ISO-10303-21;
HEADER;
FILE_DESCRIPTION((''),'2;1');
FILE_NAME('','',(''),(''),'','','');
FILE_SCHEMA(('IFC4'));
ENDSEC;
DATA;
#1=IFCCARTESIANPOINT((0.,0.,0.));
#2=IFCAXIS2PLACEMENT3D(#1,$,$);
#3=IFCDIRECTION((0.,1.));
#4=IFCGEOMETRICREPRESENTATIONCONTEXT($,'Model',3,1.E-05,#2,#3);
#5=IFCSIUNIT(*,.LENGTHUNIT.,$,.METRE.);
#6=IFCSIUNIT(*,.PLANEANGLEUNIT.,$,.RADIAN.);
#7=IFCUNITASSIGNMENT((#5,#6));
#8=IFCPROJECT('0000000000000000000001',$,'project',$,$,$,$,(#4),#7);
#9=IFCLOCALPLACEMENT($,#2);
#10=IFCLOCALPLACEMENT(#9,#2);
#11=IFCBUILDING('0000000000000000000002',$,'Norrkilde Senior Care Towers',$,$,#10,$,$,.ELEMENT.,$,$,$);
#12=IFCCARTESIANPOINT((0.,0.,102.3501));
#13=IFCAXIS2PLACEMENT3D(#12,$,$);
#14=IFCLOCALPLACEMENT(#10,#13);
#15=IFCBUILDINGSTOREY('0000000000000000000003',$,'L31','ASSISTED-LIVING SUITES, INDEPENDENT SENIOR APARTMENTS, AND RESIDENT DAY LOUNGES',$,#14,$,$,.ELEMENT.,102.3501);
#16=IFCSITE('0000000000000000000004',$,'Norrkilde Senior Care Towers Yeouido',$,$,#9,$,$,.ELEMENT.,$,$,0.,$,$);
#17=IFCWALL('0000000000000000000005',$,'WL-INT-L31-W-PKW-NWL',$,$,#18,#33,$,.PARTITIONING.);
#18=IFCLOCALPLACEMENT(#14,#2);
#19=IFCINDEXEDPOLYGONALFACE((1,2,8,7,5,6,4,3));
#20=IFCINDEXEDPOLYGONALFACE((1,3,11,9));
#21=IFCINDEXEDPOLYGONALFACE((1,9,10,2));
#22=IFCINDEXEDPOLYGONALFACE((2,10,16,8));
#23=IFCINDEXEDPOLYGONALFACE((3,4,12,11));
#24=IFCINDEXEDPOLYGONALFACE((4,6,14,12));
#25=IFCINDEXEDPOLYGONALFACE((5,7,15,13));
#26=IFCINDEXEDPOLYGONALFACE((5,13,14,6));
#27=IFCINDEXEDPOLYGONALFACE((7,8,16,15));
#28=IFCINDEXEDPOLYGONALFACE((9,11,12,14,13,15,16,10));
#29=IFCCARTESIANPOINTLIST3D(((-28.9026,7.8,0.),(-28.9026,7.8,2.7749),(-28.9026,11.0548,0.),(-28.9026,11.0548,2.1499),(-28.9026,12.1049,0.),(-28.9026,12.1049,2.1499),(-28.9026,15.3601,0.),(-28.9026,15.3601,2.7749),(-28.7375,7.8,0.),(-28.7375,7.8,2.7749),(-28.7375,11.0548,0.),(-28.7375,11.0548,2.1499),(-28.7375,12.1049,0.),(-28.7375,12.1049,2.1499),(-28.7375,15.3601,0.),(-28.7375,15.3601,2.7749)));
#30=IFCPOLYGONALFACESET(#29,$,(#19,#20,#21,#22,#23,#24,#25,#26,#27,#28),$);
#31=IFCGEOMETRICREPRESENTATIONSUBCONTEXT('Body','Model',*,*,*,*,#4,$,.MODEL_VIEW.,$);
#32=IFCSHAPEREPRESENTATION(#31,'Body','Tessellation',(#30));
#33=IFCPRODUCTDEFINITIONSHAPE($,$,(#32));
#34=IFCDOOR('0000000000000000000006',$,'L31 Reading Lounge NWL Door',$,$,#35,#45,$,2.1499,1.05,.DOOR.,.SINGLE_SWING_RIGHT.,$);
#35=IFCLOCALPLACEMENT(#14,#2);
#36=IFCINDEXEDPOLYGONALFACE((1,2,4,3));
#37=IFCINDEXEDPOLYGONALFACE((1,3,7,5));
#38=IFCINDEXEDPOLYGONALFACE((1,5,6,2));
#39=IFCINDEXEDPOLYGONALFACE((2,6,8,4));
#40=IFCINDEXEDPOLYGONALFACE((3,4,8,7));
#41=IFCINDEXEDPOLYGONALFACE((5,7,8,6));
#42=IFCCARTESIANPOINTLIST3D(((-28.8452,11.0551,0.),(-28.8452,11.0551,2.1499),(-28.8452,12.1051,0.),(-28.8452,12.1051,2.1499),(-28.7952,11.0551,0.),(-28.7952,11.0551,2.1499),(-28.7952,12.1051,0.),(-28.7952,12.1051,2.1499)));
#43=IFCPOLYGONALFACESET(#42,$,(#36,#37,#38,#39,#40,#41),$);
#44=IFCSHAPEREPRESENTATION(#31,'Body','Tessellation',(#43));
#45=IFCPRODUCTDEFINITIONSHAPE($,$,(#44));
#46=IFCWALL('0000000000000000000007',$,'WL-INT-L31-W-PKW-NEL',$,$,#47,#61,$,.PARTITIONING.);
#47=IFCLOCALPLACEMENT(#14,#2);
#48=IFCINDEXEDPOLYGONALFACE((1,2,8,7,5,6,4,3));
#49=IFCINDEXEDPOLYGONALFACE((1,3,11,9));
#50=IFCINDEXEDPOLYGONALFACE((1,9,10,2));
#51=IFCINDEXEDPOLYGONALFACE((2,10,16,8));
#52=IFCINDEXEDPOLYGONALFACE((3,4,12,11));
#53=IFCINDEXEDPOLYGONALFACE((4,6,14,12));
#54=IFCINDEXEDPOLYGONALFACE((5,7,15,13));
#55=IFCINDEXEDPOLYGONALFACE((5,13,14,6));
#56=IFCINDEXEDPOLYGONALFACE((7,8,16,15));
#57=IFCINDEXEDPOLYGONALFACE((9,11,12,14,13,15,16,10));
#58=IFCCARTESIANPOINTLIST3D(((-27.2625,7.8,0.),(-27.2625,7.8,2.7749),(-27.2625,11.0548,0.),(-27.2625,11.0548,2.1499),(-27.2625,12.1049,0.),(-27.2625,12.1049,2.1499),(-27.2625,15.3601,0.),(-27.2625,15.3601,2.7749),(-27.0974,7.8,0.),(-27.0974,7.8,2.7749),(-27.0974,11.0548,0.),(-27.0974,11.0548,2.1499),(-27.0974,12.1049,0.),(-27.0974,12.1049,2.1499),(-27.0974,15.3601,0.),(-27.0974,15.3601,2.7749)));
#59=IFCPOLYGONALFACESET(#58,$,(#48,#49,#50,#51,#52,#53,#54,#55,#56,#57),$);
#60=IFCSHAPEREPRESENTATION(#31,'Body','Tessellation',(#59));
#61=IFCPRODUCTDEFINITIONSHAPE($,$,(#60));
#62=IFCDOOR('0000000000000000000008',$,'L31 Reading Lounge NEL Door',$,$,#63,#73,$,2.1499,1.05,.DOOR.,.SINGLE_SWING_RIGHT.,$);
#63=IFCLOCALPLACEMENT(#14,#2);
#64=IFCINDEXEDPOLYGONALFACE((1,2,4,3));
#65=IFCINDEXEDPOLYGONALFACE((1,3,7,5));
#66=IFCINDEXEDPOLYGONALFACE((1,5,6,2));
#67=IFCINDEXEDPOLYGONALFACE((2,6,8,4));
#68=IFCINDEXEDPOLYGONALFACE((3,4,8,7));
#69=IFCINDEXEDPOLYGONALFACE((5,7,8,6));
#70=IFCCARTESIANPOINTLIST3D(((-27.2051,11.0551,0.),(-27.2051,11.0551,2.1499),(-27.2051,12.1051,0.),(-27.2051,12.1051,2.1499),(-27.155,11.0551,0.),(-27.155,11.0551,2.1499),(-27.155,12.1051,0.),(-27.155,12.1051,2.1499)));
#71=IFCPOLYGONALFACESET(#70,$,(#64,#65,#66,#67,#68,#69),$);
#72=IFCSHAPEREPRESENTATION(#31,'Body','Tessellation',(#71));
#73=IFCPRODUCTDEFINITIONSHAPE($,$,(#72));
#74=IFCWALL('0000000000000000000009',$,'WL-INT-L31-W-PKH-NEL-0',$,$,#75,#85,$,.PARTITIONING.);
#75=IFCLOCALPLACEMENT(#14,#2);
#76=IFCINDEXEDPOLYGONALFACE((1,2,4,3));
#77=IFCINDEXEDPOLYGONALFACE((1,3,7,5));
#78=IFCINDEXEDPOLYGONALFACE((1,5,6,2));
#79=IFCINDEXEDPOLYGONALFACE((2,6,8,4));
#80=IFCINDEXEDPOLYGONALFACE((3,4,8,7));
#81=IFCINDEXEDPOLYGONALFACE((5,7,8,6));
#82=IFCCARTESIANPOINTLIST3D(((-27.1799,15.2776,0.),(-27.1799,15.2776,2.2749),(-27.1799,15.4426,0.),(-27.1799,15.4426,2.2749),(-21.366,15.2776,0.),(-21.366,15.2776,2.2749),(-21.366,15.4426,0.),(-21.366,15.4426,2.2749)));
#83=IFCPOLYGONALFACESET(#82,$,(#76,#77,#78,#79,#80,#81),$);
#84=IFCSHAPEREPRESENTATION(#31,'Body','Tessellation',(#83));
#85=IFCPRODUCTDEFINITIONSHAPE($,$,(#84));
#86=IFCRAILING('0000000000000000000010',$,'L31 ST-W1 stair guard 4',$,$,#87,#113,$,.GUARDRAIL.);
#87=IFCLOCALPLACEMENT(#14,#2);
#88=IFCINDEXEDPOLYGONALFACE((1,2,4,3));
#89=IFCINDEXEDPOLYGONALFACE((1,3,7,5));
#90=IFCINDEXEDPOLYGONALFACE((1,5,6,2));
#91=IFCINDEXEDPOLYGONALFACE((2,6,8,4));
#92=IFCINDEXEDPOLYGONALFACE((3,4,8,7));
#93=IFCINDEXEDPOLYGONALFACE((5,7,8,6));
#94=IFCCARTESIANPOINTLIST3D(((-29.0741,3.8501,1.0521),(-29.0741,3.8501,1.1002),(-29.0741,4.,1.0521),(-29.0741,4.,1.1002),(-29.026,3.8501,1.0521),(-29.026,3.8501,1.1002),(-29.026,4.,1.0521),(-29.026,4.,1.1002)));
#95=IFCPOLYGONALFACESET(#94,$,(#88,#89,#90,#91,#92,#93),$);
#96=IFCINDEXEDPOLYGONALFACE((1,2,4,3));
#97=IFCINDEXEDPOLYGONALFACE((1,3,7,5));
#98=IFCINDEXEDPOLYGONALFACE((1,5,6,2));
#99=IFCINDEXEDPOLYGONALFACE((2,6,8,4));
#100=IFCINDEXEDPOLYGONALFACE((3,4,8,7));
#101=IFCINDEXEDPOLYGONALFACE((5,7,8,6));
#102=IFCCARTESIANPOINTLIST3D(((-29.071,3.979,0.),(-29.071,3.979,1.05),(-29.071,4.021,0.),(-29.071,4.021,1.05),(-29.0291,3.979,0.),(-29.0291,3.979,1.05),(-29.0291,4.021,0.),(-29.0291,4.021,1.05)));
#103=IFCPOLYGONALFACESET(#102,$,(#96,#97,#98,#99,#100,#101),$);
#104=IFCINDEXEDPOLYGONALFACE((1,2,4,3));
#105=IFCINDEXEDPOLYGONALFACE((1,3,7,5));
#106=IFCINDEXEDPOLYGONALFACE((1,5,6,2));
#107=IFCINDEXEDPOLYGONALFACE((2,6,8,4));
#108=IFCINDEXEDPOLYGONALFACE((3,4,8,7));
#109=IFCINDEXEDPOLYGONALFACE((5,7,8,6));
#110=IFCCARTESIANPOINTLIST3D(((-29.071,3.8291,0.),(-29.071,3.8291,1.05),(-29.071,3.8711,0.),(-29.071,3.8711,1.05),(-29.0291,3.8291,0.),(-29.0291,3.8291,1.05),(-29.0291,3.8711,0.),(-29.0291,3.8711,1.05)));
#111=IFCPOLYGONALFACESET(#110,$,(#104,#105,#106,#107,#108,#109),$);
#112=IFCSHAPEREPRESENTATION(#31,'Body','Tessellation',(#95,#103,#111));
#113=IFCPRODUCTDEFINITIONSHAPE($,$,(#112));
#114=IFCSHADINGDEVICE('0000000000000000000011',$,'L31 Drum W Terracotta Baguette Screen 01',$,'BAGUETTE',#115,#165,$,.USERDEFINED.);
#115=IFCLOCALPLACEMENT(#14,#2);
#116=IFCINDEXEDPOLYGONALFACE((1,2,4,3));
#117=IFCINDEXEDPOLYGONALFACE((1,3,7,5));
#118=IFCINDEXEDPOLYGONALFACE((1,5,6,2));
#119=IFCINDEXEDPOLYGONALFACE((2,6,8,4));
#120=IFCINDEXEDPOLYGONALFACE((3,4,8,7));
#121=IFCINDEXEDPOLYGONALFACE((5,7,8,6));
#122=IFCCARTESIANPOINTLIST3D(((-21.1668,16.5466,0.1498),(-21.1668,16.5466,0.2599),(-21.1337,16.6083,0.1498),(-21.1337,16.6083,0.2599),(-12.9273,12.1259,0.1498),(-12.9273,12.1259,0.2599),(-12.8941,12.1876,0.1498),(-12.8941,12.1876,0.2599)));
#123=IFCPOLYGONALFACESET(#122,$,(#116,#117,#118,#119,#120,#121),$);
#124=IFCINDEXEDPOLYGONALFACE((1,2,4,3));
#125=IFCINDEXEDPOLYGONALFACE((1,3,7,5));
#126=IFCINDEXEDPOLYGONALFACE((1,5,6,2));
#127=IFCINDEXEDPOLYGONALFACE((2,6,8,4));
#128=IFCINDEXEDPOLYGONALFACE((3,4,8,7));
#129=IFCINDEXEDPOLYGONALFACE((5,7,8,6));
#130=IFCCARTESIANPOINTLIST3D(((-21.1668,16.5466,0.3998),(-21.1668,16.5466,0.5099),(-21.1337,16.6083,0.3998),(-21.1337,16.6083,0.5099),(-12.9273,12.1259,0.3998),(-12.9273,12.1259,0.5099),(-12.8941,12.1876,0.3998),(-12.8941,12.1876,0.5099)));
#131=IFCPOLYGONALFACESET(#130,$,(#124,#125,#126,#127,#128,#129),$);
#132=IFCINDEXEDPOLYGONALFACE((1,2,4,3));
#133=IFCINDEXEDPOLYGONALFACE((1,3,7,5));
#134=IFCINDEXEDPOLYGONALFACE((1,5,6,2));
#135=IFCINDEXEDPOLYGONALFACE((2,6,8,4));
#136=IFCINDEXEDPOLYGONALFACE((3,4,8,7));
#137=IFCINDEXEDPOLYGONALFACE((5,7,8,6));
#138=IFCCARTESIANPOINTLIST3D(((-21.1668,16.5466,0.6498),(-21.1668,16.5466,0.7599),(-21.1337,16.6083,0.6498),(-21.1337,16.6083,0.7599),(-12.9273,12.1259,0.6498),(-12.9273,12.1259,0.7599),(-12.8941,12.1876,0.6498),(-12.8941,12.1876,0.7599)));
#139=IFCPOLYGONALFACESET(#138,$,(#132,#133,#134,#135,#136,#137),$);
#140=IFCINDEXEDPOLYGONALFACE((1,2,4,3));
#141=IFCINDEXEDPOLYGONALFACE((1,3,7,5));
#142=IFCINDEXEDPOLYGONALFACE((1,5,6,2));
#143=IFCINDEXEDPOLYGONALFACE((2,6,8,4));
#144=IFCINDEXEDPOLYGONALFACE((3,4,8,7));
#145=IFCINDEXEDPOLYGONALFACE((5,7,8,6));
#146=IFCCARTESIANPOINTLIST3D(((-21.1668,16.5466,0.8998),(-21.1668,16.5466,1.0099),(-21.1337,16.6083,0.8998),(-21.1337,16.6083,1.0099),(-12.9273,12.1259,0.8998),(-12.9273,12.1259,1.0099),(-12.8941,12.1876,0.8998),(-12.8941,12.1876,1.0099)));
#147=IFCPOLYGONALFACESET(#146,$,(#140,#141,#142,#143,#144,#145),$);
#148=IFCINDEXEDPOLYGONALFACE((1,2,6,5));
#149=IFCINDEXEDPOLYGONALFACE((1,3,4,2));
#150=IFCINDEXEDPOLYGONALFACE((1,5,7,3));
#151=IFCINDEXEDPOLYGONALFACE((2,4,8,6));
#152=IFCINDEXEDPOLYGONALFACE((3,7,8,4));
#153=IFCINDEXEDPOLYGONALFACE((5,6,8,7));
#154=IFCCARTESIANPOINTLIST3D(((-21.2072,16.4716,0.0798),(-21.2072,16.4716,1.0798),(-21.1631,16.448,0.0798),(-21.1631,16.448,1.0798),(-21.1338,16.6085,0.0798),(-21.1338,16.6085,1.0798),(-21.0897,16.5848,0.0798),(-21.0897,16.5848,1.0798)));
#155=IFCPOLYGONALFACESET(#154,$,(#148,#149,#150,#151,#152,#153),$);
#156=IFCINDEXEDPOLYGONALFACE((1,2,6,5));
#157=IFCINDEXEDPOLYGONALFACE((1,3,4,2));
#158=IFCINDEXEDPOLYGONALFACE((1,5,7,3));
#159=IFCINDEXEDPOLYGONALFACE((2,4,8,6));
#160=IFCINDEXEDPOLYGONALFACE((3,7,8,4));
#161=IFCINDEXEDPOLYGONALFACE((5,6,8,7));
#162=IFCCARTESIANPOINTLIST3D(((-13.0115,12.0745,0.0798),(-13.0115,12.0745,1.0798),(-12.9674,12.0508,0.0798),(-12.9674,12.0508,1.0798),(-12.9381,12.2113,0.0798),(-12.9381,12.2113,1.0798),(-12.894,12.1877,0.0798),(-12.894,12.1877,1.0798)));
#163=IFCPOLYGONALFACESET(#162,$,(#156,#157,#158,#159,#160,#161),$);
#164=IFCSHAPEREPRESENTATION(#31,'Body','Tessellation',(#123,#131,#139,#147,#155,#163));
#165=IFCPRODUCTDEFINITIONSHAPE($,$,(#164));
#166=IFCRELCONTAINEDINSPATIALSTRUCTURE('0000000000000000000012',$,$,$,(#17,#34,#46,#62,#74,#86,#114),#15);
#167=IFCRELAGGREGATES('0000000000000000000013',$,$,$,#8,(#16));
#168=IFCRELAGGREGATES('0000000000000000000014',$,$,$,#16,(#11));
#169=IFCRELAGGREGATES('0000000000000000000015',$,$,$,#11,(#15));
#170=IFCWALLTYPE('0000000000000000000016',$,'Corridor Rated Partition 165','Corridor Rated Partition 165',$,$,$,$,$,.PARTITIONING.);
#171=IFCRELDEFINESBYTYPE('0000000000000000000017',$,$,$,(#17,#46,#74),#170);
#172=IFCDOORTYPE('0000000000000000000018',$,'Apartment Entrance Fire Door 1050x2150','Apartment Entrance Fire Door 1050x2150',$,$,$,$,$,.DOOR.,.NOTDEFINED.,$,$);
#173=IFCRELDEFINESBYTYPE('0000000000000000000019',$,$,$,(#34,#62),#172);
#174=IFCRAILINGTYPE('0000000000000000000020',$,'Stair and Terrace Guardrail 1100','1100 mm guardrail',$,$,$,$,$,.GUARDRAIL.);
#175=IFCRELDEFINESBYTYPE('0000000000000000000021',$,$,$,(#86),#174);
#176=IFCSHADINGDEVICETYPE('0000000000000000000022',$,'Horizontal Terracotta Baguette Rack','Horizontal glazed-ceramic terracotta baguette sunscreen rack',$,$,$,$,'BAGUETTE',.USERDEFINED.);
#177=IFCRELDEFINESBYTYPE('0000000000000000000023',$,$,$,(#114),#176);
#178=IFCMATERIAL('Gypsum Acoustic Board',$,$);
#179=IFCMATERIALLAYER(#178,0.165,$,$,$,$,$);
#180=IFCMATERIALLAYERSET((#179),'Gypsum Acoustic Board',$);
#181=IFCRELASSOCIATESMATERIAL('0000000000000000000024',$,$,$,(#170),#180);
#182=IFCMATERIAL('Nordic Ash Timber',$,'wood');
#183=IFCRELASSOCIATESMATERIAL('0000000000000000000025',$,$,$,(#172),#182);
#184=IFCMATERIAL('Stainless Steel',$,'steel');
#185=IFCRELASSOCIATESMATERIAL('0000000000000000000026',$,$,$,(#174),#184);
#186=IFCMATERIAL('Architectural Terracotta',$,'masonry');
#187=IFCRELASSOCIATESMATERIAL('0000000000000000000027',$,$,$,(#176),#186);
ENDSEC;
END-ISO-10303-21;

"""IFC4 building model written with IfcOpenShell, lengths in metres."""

from ifc_helpers import new_model, si_unit, direction, frame, frame_2d, origin, origin_2d, place, context, subcontext, project, spatial, rectangle, extrude, source, transform, mapped, material, layer, layer_set, type_object, type_shapes, element, fill, save


model = new_model("IFC4")

# Units and contexts
model_context = context("Model", 3, precision=1e-05, world=origin(), true_north=direction((0.0, 1.0)))
body_context = subcontext(model_context, "Body", "Model", "MODEL_VIEW")
ifc_project = project(units=[si_unit("LENGTHUNIT", "METRE"), si_unit("PLANEANGLEUNIT", "RADIAN")], contexts=[model_context])

# Site, building, storey
site_placement = place(None, origin())
site = spatial("IfcSite", under=ifc_project, at=site_placement, Name="Norrkilde Senior Care Towers Yeouido", CompositionType="ELEMENT", RefElevation=0.0)
building_placement = place(site_placement, origin())
building = spatial("IfcBuilding", under=site, at=building_placement, Name="Norrkilde Senior Care Towers", CompositionType="ELEMENT")
storey_placement = place(building_placement, frame((0.0, 0.0, 102.3501)))
storey = spatial("IfcBuildingStorey", under=building, at=storey_placement, Name="L31", Description="ASSISTED-LIVING SUITES, INDEPENDENT SENIOR APARTMENTS, AND RESIDENT DAY LOUNGES", CompositionType="ELEMENT", Elevation=102.3501)

# Shared definitions
ifc_material_1 = material(Name="Stainless Steel", Category="steel")

# Shared definitions
ifc_material_2 = material(Name="Gypsum Acoustic Board")
ifc_layer_1 = layer(ifc_material_2, 0.165)
ifc_layer_set_1 = layer_set([ifc_layer_1], Name="Gypsum Acoustic Board")
wall_type_1 = type_object("IfcWallType", Name="Corridor Rated Partition 165", Description="Corridor Rated Partition 165", PredefinedType="PARTITIONING", material=ifc_layer_set_1)

# Walls, openings, doors
shared_shape_1 = source(origin(), body_context, "Body", "SweptSolid", [
    extrude(rectangle(XDim=7.5601, YDim=0.165, at=frame_2d((3.78, 0.0))), origin(), (0.0, 0.0, 1.0), 2.7749),
])
wall_1_placement = place(storey_placement, frame((-28.8201, 7.8, 0.0), z_axis=(0.0, 0.0, 1.0), x_axis=(0.0, 1.0, 0.0)))
wall_1 = element("IfcWall", 1, at=wall_1_placement, inside=storey, type_object=wall_type_1, Name="WL-INT-L31-W-PKW-NWL", PredefinedType="PARTITIONING", context=body_context, shape_type="MappedRepresentation", body=[
    mapped(shared_shape_1, transform((0.0, 0.0, 0.0), x_axis=(1.0, 0.0, 0.0), y_axis=(0.0, 1.0, 0.0), z_axis=(0.0, 0.0, 1.0), scale=1.0)),
])
opening_1_placement = place(wall_1_placement, frame((3.2549, 0.0, 0.0)))
opening_1 = element("IfcOpeningElement", 2, at=opening_1_placement, cuts=wall_1, PredefinedType="OPENING", context=body_context, shape_type="SweptSolid", body=[
    extrude(rectangle(XDim=1.05, YDim=2.1499, at=frame_2d((0.5249, 1.075))), frame((0.0, 0.0925, 0.0), z_axis=(0.0, -1.0, 0.0), x_axis=(1.0, 0.0, 0.0)), (0.0, 0.0, 1.0), 0.1851),
])
ifc_material_3 = material(Name="Nordic Ash Timber", Category="wood")
door_type_1 = type_object("IfcDoorType", Name="Apartment Entrance Fire Door 1050x2150", Description="Apartment Entrance Fire Door 1050x2150", OperationType="NOTDEFINED", PredefinedType="DOOR", material=ifc_material_3)
shared_shape_2 = source(origin(), body_context, "Body", "SweptSolid", [
    extrude(rectangle(XDim=1.05, YDim=2.1499, at=frame_2d((0.5249, 1.075))), frame((0.0, 0.0249, 0.0), z_axis=(0.0, -1.0, 0.0), x_axis=(1.0, 0.0, 0.0)), (0.0, 0.0, 1.0), 0.05),
])
type_shapes(door_type_1, [shared_shape_2])
door_1_placement = place(opening_1_placement, frame((1.05, 0.0, 0.0), z_axis=(0.0, 0.0, 1.0), x_axis=(-1.0, 0.0, 0.0)))
door_1 = element("IfcDoor", 3, at=door_1_placement, inside=storey, type_object=door_type_1, Name="L31 Reading Lounge NWL Door", OperationType="SINGLE_SWING_RIGHT", OverallHeight=2.1499, OverallWidth=1.05, PredefinedType="DOOR", context=body_context, shape_type="MappedRepresentation", body=[
    mapped(shared_shape_2, transform((0.0, 0.0, 0.0), x_axis=(1.0, 0.0, 0.0), y_axis=(0.0, 1.0, 0.0), z_axis=(0.0, 0.0, 1.0), scale=1.0)),
])
fill(opening_1, door_1)
wall_2_placement = place(storey_placement, frame((-27.1799, 7.8, 0.0), z_axis=(0.0, 0.0, 1.0), x_axis=(0.0, 1.0, 0.0)))
wall_2 = element("IfcWall", 4, at=wall_2_placement, inside=storey, type_object=wall_type_1, Name="WL-INT-L31-W-PKW-NEL", PredefinedType="PARTITIONING", context=body_context, shape_type="MappedRepresentation", body=[
    mapped(shared_shape_1, transform((0.0, 0.0, 0.0), x_axis=(1.0, 0.0, 0.0), y_axis=(0.0, 1.0, 0.0), z_axis=(0.0, 0.0, 1.0), scale=1.0)),
])
opening_2_placement = place(wall_2_placement, frame((3.2549, 0.0, 0.0)))
opening_2 = element("IfcOpeningElement", 5, at=opening_2_placement, cuts=wall_2, PredefinedType="OPENING", context=body_context, shape_type="SweptSolid", body=[
    extrude(rectangle(XDim=1.05, YDim=2.1499, at=frame_2d((0.5249, 1.075))), frame((0.0, 0.0925, 0.0), z_axis=(0.0, -1.0, 0.0), x_axis=(1.0, 0.0, 0.0)), (0.0, 0.0, 1.0), 0.1851),
])
door_2_placement = place(opening_2_placement, frame((1.05, 0.0, 0.0), z_axis=(0.0, 0.0, 1.0), x_axis=(-1.0, 0.0, 0.0)))
door_2 = element("IfcDoor", 6, at=door_2_placement, inside=storey, type_object=door_type_1, Name="L31 Reading Lounge NEL Door", OperationType="SINGLE_SWING_RIGHT", OverallHeight=2.1499, OverallWidth=1.05, PredefinedType="DOOR", context=body_context, shape_type="MappedRepresentation", body=[
    mapped(shared_shape_2, transform((0.0, 0.0, 0.0), x_axis=(1.0, 0.0, 0.0), y_axis=(0.0, 1.0, 0.0), z_axis=(0.0, 0.0, 1.0), scale=1.0)),
])
fill(opening_2, door_2)

# Wall
shared_shape_3 = source(origin(), body_context, "Body", "SweptSolid", [
    extrude(rectangle(XDim=5.814, YDim=0.165, at=frame_2d((2.907, 0.0))), origin(), (0.0, 0.0, 1.0), 2.2749),
])
wall_3_placement = place(storey_placement, frame((-27.1799, 15.3601, 0.0), z_axis=(0.0, 0.0, 1.0), x_axis=(1.0, 0.0, 0.0)))
element("IfcWall", 7, at=wall_3_placement, inside=storey, type_object=wall_type_1, Name="WL-INT-L31-W-PKH-NEL-0", PredefinedType="PARTITIONING", context=body_context, shape_type="MappedRepresentation", body=[
    mapped(shared_shape_3, transform((0.0, 0.0, 0.0), x_axis=(1.0, 0.0, 0.0), y_axis=(0.0, 1.0, 0.0), z_axis=(0.0, 0.0, 1.0), scale=1.0)),
])

# Railing
railing_type = type_object("IfcRailingType", Name="Stair and Terrace Guardrail 1100", Description="1100 mm guardrail", PredefinedType="GUARDRAIL", material=ifc_material_1)
railing_placement = place(storey_placement, frame((-29.05, 4.0, 0.0)))
element("IfcRailing", 8, at=railing_placement, inside=storey, type_object=railing_type, Name="L31 ST-W1 stair guard 4", PredefinedType="GUARDRAIL", context=body_context, shape_type="SweptSolid", body=[
    extrude(rectangle(XDim=0.0481, YDim=0.0481, at=origin_2d()), frame((0.0, 0.0, 1.0762), z_axis=(0.0, -1.0, 0.0), x_axis=(1.0, 0.0, 0.0)), (0.0, 0.0, 1.0), 0.1499),
    extrude(rectangle(XDim=0.042, YDim=0.042, at=origin_2d()), origin(), (0.0, 0.0, 1.0), 1.05),
    extrude(rectangle(XDim=0.042, YDim=0.042, at=origin_2d()), frame((0.0, -0.1499, 0.0)), (0.0, 0.0, 1.0), 1.05),
])

# Shading device
ifc_material_4 = material(Name="Architectural Terracotta", Category="masonry")
shading_device_type = type_object("IfcShadingDeviceType", Name="Horizontal Terracotta Baguette Rack", Description="Horizontal glazed-ceramic terracotta baguette sunscreen rack", ElementType="BAGUETTE", PredefinedType="USERDEFINED", material=ifc_material_4)
shared_shape_4 = source(origin(), body_context, "Body", "SweptSolid", [
    extrude(rectangle(XDim=0.0701, YDim=0.1101, at=origin_2d()), frame((0.0, 0.0901, 0.125), z_axis=(1.0, 0.0, 0.0), x_axis=(0.0, 1.0, 0.0)), (0.0, 0.0, 1.0), 9.3506),
    extrude(rectangle(XDim=0.0701, YDim=0.1101, at=origin_2d()), frame((0.0, 0.0901, 0.375), z_axis=(1.0, 0.0, 0.0), x_axis=(0.0, 1.0, 0.0)), (0.0, 0.0, 1.0), 9.3506),
    extrude(rectangle(XDim=0.0701, YDim=0.1101, at=origin_2d()), frame((0.0, 0.0901, 0.625), z_axis=(1.0, 0.0, 0.0), x_axis=(0.0, 1.0, 0.0)), (0.0, 0.0, 1.0), 9.3506),
    extrude(rectangle(XDim=0.0701, YDim=0.1101, at=origin_2d()), frame((0.0, 0.0901, 0.875), z_axis=(1.0, 0.0, 0.0), x_axis=(0.0, 1.0, 0.0)), (0.0, 0.0, 1.0), 9.3506),
    extrude(rectangle(XDim=0.05, YDim=0.1553, at=origin_2d()), frame((0.0249, 0.0476, 0.0)), (0.0, 0.0, 1.0), 1.0),
    extrude(rectangle(XDim=0.05, YDim=0.1553, at=origin_2d()), frame((9.3257, 0.0476, 0.0)), (0.0, 0.0, 1.0), 1.0),
])
type_shapes(shading_device_type, [shared_shape_4])
shading_device_placement = place(storey_placement, frame((-21.1929, 16.498, 0.0798), z_axis=(0.0, 0.0, 1.0), x_axis=(0.881175, -0.472768, 0.0)))
element("IfcShadingDevice", 9, at=shading_device_placement, inside=storey, type_object=shading_device_type, Name="L31 Drum W Terracotta Baguette Screen 01", ObjectType="BAGUETTE", PredefinedType="USERDEFINED", context=body_context, shape_type="MappedRepresentation", body=[
    mapped(shared_shape_4, transform((0.0, 0.0, 0.0), x_axis=(1.0, 0.0, 0.0), y_axis=(0.0, 1.0, 0.0), z_axis=(0.0, 0.0, 1.0), scale=1.0)),
])

save(model, "model.ifc")
